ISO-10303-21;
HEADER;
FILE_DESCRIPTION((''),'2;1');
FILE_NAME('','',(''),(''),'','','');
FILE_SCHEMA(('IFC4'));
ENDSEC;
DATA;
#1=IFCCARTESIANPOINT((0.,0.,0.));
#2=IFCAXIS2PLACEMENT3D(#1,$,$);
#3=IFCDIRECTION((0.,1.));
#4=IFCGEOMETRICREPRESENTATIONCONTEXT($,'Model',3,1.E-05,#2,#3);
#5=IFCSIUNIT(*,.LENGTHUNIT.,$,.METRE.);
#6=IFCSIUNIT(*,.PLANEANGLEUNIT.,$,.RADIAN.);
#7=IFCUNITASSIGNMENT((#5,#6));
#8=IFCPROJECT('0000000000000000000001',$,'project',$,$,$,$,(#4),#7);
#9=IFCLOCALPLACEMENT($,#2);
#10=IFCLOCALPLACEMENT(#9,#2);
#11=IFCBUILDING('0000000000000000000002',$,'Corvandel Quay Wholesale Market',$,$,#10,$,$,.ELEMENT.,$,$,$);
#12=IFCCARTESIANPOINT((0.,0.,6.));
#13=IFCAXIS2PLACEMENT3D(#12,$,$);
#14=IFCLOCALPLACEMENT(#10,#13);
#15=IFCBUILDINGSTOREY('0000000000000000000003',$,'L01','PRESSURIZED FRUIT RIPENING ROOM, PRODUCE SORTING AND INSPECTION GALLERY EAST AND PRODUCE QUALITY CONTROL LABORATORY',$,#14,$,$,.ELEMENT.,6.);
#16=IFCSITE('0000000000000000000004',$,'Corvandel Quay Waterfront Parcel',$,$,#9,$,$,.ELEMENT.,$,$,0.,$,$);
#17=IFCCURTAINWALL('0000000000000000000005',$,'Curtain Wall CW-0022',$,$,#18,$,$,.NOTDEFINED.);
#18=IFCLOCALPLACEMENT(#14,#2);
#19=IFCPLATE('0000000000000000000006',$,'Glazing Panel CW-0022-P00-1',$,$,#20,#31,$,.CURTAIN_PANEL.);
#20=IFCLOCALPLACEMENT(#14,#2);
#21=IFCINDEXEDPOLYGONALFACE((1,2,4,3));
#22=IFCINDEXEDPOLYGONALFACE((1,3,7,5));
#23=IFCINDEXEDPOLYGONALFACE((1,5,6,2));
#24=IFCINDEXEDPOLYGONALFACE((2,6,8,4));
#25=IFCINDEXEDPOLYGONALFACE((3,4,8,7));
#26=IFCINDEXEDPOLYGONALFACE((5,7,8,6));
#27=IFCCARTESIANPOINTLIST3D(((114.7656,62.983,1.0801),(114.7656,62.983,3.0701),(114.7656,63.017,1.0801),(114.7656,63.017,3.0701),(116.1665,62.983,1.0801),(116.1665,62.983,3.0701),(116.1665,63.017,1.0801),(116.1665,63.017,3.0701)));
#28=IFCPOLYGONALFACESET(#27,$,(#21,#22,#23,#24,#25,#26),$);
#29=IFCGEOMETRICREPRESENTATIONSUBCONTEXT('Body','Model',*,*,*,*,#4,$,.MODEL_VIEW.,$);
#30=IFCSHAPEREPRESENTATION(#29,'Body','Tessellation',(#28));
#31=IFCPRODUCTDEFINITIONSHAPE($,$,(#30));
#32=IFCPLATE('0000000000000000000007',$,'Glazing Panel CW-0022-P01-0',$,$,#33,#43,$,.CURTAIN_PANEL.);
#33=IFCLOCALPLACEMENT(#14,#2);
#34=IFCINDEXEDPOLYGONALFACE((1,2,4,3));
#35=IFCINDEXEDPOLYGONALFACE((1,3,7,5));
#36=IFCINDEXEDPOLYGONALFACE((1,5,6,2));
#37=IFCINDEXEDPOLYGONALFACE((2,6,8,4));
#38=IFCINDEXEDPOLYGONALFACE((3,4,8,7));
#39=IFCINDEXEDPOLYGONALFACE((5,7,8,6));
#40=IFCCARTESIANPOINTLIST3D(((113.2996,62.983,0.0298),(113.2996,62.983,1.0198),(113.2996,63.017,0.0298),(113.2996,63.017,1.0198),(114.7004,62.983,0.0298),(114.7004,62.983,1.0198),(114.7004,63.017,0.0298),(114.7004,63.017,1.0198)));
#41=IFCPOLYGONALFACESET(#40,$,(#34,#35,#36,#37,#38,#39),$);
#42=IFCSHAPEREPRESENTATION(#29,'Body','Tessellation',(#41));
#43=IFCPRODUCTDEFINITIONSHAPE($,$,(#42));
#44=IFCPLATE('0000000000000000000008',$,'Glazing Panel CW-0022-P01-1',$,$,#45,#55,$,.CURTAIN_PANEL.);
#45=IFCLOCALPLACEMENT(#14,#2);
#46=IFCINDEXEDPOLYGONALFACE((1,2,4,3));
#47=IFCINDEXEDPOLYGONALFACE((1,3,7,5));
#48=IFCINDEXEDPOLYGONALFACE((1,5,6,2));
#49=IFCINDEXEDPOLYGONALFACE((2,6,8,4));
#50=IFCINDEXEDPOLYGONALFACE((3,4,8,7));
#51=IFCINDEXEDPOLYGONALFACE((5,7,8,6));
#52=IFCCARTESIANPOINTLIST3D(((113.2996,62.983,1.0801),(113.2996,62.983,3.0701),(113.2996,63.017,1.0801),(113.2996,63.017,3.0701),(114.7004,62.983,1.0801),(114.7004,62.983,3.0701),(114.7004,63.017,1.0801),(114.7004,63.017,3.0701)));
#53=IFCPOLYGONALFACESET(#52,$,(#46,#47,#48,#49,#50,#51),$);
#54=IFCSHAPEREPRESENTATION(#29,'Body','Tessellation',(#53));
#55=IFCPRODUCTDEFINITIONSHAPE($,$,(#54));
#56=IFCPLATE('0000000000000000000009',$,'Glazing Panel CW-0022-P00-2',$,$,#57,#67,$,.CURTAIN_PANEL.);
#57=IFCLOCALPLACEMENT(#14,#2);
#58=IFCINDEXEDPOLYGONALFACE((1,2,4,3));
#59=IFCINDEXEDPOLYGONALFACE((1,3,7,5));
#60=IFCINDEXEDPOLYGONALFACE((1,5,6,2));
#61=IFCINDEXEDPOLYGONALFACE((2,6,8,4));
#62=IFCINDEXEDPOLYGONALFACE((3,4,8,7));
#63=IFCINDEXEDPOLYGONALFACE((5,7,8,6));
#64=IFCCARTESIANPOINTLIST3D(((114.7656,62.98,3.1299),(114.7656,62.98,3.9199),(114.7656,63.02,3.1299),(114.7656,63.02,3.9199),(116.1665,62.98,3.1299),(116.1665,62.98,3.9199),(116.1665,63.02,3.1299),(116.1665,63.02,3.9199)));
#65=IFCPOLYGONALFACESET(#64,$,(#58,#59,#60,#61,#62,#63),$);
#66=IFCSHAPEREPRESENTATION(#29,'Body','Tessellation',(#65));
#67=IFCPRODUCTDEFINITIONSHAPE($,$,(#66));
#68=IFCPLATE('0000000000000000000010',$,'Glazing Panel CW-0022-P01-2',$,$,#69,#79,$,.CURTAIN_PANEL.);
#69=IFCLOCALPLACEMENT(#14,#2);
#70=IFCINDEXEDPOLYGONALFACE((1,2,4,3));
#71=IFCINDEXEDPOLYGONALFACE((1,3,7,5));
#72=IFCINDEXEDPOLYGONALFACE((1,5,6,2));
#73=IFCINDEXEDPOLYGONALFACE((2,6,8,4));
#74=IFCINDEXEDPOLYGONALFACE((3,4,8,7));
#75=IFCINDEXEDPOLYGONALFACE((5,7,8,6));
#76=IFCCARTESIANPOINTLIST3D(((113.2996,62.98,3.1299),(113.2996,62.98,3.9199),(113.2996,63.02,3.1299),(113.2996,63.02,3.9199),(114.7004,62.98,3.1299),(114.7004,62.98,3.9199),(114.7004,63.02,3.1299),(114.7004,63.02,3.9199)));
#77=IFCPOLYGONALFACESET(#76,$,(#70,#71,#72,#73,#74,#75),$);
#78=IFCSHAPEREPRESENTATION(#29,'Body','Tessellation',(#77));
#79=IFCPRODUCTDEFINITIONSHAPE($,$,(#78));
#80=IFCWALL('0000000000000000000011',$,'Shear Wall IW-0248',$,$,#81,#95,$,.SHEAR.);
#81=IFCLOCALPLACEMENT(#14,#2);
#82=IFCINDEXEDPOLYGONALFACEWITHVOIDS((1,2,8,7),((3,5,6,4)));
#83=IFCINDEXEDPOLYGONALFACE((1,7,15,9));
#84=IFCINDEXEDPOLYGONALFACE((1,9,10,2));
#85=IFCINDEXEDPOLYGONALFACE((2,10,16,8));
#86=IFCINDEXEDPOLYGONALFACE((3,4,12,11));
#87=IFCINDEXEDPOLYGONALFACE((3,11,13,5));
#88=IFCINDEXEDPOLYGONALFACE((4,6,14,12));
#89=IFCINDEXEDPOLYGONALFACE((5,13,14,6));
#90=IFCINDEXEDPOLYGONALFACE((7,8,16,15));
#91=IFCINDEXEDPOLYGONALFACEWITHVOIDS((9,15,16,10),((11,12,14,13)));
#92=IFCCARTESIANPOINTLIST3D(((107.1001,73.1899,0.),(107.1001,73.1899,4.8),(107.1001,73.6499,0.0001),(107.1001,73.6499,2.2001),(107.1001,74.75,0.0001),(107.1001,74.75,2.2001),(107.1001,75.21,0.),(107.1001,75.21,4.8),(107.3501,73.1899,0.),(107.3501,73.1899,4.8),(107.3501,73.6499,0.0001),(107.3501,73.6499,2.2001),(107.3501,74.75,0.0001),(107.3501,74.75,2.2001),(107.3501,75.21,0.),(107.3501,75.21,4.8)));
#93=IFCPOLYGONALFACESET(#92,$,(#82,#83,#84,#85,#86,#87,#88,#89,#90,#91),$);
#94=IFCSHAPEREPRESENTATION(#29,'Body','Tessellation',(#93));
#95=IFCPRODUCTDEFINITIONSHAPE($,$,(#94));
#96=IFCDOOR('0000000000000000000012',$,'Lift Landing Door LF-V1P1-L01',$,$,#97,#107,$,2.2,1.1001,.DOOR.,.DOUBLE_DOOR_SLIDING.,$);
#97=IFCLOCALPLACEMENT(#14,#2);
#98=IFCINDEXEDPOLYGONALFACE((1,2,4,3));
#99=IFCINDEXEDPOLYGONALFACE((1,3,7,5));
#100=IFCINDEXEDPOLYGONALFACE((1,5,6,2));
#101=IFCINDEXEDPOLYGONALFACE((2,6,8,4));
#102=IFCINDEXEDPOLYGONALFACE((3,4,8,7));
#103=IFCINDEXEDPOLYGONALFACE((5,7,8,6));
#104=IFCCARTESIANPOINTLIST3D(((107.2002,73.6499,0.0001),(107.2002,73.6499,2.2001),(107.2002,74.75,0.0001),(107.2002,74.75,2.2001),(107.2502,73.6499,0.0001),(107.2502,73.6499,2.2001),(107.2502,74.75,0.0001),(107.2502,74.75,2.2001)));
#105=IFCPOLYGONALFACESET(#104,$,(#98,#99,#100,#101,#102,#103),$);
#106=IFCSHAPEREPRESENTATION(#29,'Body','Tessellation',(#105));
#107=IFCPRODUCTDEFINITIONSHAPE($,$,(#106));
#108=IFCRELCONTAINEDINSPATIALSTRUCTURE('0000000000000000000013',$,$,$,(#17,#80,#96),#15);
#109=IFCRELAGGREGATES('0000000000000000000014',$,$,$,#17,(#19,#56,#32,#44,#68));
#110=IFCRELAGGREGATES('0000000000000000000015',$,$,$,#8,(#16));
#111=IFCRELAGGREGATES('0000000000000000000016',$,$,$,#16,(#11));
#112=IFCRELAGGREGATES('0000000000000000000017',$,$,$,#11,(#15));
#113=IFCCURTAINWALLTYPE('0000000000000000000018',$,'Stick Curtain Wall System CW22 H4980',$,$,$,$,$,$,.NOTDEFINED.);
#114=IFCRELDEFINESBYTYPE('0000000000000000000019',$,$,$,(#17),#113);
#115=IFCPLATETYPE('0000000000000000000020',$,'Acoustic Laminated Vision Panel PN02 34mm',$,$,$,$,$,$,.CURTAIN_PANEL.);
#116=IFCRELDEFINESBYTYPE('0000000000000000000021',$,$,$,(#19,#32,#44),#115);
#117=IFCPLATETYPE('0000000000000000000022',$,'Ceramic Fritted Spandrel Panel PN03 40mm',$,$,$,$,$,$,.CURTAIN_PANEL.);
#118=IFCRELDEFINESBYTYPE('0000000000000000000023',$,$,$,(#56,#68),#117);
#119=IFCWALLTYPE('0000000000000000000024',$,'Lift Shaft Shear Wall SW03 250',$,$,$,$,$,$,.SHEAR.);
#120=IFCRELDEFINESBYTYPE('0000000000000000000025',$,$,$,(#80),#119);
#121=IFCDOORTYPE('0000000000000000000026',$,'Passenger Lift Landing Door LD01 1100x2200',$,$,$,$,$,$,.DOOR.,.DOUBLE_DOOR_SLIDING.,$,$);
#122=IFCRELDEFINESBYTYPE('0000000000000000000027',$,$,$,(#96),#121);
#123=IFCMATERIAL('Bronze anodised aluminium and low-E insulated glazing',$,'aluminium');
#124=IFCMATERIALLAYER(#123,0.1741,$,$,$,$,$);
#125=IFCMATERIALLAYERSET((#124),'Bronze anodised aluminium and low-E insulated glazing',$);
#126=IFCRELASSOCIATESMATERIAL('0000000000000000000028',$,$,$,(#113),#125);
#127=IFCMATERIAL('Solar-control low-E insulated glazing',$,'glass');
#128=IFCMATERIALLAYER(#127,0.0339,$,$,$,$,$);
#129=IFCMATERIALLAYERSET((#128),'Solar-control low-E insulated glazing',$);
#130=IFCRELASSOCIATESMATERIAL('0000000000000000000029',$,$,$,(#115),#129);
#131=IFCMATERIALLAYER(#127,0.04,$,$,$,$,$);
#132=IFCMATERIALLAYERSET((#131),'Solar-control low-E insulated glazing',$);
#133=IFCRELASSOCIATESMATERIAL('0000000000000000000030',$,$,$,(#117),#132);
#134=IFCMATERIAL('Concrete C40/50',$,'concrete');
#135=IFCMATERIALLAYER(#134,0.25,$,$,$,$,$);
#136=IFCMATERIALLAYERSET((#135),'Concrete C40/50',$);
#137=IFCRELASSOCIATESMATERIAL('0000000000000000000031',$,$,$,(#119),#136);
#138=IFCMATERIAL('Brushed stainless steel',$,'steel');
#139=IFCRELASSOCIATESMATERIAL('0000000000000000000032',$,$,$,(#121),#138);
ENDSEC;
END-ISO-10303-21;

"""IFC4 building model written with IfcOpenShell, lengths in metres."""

from ifc_helpers import new_model, si_unit, direction, frame, frame_2d, origin, origin_2d, place, context, subcontext, project, spatial, rectangle, extrude, material, layer, layer_set, type_object, element, fill, aggregate, save


model = new_model("IFC4")

# Units and contexts
model_context = context("Model", 3, precision=1e-05, world=origin(), true_north=direction((0.0, 1.0)))
body_context = subcontext(model_context, "Body", "Model", "MODEL_VIEW")
ifc_project = project(units=[si_unit("LENGTHUNIT", "METRE"), si_unit("PLANEANGLEUNIT", "RADIAN")], contexts=[model_context])

# Site, building, storey
site_placement = place(None, origin())
site = spatial("IfcSite", under=ifc_project, at=site_placement, Name="Corvandel Quay Waterfront Parcel", CompositionType="ELEMENT", RefElevation=0.0)
building_placement = place(site_placement, origin())
building = spatial("IfcBuilding", under=site, at=building_placement, Name="Corvandel Quay Wholesale Market", CompositionType="ELEMENT")
storey_placement = place(building_placement, frame((0.0, 0.0, 6.0)))
storey = spatial("IfcBuildingStorey", under=building, at=storey_placement, Name="L01", Description="PRESSURIZED FRUIT RIPENING ROOM, PRODUCE SORTING AND INSPECTION GALLERY EAST AND PRODUCE QUALITY CONTROL LABORATORY", CompositionType="ELEMENT", Elevation=6.0)

# Curtain wall
ifc_material_1 = material(Name="Bronze anodised aluminium and low-E insulated glazing", Category="aluminium")
ifc_layer_1 = layer(ifc_material_1, 0.1741)
ifc_layer_set_1 = layer_set([ifc_layer_1], Name="Bronze anodised aluminium and low-E insulated glazing")
curtain_wall_type = type_object("IfcCurtainWallType", Name="Stick Curtain Wall System CW22 H4980", PredefinedType="NOTDEFINED", material=ifc_layer_set_1)
curtain_wall_placement = place(storey_placement, origin())
curtain_wall = element("IfcCurtainWall", 1, at=curtain_wall_placement, inside=storey, type_object=curtain_wall_type, Name="Curtain Wall CW-0022", PredefinedType="NOTDEFINED")

# Plates
ifc_material_2 = material(Name="Solar-control low-E insulated glazing", Category="glass")
ifc_layer_2 = layer(ifc_material_2, 0.0339)
ifc_layer_set_2 = layer_set([ifc_layer_2], Name="Solar-control low-E insulated glazing")
plate_type_1 = type_object("IfcPlateType", Name="Acoustic Laminated Vision Panel PN02 34mm", PredefinedType="CURTAIN_PANEL", material=ifc_layer_set_2)
plate_1_placement = place(storey_placement, frame((115.4661, 63.0, 1.0801), z_axis=(0.0, 0.0, 1.0), x_axis=(1.0, 0.0, 0.0)))
plate_1 = element("IfcPlate", 2, at=plate_1_placement, type_object=plate_type_1, Name="Glazing Panel CW-0022-P00-1", PredefinedType="CURTAIN_PANEL", context=body_context, shape_type="SweptSolid", body=[
    extrude(rectangle(XDim=1.4009, YDim=0.0339, at=origin_2d()), origin(), (0.0, 0.0, 1.0), 1.99),
])
plate_2_placement = place(storey_placement, frame((114.0, 63.0, 0.0298), z_axis=(0.0, 0.0, 1.0), x_axis=(1.0, 0.0, 0.0)))
plate_2 = element("IfcPlate", 3, at=plate_2_placement, type_object=plate_type_1, Name="Glazing Panel CW-0022-P01-0", PredefinedType="CURTAIN_PANEL", context=body_context, shape_type="SweptSolid", body=[
    extrude(rectangle(XDim=1.4009, YDim=0.0339, at=origin_2d()), origin(), (0.0, 0.0, 1.0), 0.99),
])
plate_3_placement = place(storey_placement, frame((114.0, 63.0, 1.0801), z_axis=(0.0, 0.0, 1.0), x_axis=(1.0, 0.0, 0.0)))
plate_3 = element("IfcPlate", 4, at=plate_3_placement, type_object=plate_type_1, Name="Glazing Panel CW-0022-P01-1", PredefinedType="CURTAIN_PANEL", context=body_context, shape_type="SweptSolid", body=[
    extrude(rectangle(XDim=1.4009, YDim=0.0339, at=origin_2d()), origin(), (0.0, 0.0, 1.0), 1.99),
])
ifc_layer_3 = layer(ifc_material_2, 0.04)
ifc_layer_set_3 = layer_set([ifc_layer_3], Name="Solar-control low-E insulated glazing")
plate_type_2 = type_object("IfcPlateType", Name="Ceramic Fritted Spandrel Panel PN03 40mm", PredefinedType="CURTAIN_PANEL", material=ifc_layer_set_3)
plate_4_placement = place(storey_placement, frame((115.4661, 63.0, 3.1299), z_axis=(0.0, 0.0, 1.0), x_axis=(1.0, 0.0, 0.0)))
plate_4 = element("IfcPlate", 5, at=plate_4_placement, type_object=plate_type_2, Name="Glazing Panel CW-0022-P00-2", PredefinedType="CURTAIN_PANEL", context=body_context, shape_type="SweptSolid", body=[
    extrude(rectangle(XDim=1.4009, YDim=0.04, at=origin_2d()), origin(), (0.0, 0.0, 1.0), 0.79),
])
plate_5_placement = place(storey_placement, frame((114.0, 63.0, 3.1299), z_axis=(0.0, 0.0, 1.0), x_axis=(1.0, 0.0, 0.0)))
plate_5 = element("IfcPlate", 6, at=plate_5_placement, type_object=plate_type_2, Name="Glazing Panel CW-0022-P01-2", PredefinedType="CURTAIN_PANEL", context=body_context, shape_type="SweptSolid", body=[
    extrude(rectangle(XDim=1.4009, YDim=0.04, at=origin_2d()), origin(), (0.0, 0.0, 1.0), 0.79),
])
aggregate(curtain_wall, [plate_1, plate_4, plate_2, plate_3, plate_5])

# Wall, opening, door
ifc_material_3 = material(Name="Concrete C40/50", Category="concrete")
ifc_layer_4 = layer(ifc_material_3, 0.25)
ifc_layer_set_4 = layer_set([ifc_layer_4], Name="Concrete C40/50")
wall_type = type_object("IfcWallType", Name="Lift Shaft Shear Wall SW03 250", PredefinedType="SHEAR", material=ifc_layer_set_4)
wall_1_placement = place(storey_placement, frame((107.2251, 73.1899, 0.0), z_axis=(0.0, 0.0, 1.0), x_axis=(0.0, 1.0, 0.0)))
wall_1 = element("IfcWall", 7, at=wall_1_placement, inside=storey, type_object=wall_type, Name="Shear Wall IW-0248", PredefinedType="SHEAR", context=body_context, shape_type="SweptSolid", body=[
    extrude(rectangle(XDim=2.02, YDim=0.25, at=frame_2d((1.01, 0.0))), origin(), (0.0, 0.0, 1.0), 4.8),
])
opening_1_placement = place(wall_1_placement, frame((0.46, 0.0, 0.0)))
opening_1 = element("IfcOpeningElement", 8, at=opening_1_placement, cuts=wall_1, PredefinedType="OPENING", context=body_context, shape_type="SweptSolid", body=[
    extrude(rectangle(XDim=1.1001, YDim=2.2, at=frame_2d((0.55, 1.1001))), frame((0.0, 0.135, 0.0), z_axis=(0.0, -1.0, 0.0), x_axis=(1.0, 0.0, 0.0)), (0.0, 0.0, 1.0), 0.27),
])
ifc_material_4 = material(Name="Brushed stainless steel", Category="steel")
door_type_1 = type_object("IfcDoorType", Name="Passenger Lift Landing Door LD01 1100x2200", OperationType="DOUBLE_DOOR_SLIDING", PredefinedType="DOOR", material=ifc_material_4)
door_1_placement = place(opening_1_placement, origin())
door_1 = element("IfcDoor", 9, at=door_1_placement, inside=storey, type_object=door_type_1, Name="Lift Landing Door LF-V1P1-L01", OperationType="DOUBLE_DOOR_SLIDING", OverallHeight=2.2, OverallWidth=1.1001, PredefinedType="DOOR", context=body_context, shape_type="SweptSolid", body=[
    extrude(rectangle(XDim=1.1001, YDim=2.2, at=frame_2d((0.55, 1.1001))), frame((0.0, 0.0249, 0.0), z_axis=(0.0, -1.0, 0.0), x_axis=(1.0, 0.0, 0.0)), (0.0, 0.0, 1.0), 0.05),
])
fill(opening_1, door_1)

save(model, "model.ifc")
